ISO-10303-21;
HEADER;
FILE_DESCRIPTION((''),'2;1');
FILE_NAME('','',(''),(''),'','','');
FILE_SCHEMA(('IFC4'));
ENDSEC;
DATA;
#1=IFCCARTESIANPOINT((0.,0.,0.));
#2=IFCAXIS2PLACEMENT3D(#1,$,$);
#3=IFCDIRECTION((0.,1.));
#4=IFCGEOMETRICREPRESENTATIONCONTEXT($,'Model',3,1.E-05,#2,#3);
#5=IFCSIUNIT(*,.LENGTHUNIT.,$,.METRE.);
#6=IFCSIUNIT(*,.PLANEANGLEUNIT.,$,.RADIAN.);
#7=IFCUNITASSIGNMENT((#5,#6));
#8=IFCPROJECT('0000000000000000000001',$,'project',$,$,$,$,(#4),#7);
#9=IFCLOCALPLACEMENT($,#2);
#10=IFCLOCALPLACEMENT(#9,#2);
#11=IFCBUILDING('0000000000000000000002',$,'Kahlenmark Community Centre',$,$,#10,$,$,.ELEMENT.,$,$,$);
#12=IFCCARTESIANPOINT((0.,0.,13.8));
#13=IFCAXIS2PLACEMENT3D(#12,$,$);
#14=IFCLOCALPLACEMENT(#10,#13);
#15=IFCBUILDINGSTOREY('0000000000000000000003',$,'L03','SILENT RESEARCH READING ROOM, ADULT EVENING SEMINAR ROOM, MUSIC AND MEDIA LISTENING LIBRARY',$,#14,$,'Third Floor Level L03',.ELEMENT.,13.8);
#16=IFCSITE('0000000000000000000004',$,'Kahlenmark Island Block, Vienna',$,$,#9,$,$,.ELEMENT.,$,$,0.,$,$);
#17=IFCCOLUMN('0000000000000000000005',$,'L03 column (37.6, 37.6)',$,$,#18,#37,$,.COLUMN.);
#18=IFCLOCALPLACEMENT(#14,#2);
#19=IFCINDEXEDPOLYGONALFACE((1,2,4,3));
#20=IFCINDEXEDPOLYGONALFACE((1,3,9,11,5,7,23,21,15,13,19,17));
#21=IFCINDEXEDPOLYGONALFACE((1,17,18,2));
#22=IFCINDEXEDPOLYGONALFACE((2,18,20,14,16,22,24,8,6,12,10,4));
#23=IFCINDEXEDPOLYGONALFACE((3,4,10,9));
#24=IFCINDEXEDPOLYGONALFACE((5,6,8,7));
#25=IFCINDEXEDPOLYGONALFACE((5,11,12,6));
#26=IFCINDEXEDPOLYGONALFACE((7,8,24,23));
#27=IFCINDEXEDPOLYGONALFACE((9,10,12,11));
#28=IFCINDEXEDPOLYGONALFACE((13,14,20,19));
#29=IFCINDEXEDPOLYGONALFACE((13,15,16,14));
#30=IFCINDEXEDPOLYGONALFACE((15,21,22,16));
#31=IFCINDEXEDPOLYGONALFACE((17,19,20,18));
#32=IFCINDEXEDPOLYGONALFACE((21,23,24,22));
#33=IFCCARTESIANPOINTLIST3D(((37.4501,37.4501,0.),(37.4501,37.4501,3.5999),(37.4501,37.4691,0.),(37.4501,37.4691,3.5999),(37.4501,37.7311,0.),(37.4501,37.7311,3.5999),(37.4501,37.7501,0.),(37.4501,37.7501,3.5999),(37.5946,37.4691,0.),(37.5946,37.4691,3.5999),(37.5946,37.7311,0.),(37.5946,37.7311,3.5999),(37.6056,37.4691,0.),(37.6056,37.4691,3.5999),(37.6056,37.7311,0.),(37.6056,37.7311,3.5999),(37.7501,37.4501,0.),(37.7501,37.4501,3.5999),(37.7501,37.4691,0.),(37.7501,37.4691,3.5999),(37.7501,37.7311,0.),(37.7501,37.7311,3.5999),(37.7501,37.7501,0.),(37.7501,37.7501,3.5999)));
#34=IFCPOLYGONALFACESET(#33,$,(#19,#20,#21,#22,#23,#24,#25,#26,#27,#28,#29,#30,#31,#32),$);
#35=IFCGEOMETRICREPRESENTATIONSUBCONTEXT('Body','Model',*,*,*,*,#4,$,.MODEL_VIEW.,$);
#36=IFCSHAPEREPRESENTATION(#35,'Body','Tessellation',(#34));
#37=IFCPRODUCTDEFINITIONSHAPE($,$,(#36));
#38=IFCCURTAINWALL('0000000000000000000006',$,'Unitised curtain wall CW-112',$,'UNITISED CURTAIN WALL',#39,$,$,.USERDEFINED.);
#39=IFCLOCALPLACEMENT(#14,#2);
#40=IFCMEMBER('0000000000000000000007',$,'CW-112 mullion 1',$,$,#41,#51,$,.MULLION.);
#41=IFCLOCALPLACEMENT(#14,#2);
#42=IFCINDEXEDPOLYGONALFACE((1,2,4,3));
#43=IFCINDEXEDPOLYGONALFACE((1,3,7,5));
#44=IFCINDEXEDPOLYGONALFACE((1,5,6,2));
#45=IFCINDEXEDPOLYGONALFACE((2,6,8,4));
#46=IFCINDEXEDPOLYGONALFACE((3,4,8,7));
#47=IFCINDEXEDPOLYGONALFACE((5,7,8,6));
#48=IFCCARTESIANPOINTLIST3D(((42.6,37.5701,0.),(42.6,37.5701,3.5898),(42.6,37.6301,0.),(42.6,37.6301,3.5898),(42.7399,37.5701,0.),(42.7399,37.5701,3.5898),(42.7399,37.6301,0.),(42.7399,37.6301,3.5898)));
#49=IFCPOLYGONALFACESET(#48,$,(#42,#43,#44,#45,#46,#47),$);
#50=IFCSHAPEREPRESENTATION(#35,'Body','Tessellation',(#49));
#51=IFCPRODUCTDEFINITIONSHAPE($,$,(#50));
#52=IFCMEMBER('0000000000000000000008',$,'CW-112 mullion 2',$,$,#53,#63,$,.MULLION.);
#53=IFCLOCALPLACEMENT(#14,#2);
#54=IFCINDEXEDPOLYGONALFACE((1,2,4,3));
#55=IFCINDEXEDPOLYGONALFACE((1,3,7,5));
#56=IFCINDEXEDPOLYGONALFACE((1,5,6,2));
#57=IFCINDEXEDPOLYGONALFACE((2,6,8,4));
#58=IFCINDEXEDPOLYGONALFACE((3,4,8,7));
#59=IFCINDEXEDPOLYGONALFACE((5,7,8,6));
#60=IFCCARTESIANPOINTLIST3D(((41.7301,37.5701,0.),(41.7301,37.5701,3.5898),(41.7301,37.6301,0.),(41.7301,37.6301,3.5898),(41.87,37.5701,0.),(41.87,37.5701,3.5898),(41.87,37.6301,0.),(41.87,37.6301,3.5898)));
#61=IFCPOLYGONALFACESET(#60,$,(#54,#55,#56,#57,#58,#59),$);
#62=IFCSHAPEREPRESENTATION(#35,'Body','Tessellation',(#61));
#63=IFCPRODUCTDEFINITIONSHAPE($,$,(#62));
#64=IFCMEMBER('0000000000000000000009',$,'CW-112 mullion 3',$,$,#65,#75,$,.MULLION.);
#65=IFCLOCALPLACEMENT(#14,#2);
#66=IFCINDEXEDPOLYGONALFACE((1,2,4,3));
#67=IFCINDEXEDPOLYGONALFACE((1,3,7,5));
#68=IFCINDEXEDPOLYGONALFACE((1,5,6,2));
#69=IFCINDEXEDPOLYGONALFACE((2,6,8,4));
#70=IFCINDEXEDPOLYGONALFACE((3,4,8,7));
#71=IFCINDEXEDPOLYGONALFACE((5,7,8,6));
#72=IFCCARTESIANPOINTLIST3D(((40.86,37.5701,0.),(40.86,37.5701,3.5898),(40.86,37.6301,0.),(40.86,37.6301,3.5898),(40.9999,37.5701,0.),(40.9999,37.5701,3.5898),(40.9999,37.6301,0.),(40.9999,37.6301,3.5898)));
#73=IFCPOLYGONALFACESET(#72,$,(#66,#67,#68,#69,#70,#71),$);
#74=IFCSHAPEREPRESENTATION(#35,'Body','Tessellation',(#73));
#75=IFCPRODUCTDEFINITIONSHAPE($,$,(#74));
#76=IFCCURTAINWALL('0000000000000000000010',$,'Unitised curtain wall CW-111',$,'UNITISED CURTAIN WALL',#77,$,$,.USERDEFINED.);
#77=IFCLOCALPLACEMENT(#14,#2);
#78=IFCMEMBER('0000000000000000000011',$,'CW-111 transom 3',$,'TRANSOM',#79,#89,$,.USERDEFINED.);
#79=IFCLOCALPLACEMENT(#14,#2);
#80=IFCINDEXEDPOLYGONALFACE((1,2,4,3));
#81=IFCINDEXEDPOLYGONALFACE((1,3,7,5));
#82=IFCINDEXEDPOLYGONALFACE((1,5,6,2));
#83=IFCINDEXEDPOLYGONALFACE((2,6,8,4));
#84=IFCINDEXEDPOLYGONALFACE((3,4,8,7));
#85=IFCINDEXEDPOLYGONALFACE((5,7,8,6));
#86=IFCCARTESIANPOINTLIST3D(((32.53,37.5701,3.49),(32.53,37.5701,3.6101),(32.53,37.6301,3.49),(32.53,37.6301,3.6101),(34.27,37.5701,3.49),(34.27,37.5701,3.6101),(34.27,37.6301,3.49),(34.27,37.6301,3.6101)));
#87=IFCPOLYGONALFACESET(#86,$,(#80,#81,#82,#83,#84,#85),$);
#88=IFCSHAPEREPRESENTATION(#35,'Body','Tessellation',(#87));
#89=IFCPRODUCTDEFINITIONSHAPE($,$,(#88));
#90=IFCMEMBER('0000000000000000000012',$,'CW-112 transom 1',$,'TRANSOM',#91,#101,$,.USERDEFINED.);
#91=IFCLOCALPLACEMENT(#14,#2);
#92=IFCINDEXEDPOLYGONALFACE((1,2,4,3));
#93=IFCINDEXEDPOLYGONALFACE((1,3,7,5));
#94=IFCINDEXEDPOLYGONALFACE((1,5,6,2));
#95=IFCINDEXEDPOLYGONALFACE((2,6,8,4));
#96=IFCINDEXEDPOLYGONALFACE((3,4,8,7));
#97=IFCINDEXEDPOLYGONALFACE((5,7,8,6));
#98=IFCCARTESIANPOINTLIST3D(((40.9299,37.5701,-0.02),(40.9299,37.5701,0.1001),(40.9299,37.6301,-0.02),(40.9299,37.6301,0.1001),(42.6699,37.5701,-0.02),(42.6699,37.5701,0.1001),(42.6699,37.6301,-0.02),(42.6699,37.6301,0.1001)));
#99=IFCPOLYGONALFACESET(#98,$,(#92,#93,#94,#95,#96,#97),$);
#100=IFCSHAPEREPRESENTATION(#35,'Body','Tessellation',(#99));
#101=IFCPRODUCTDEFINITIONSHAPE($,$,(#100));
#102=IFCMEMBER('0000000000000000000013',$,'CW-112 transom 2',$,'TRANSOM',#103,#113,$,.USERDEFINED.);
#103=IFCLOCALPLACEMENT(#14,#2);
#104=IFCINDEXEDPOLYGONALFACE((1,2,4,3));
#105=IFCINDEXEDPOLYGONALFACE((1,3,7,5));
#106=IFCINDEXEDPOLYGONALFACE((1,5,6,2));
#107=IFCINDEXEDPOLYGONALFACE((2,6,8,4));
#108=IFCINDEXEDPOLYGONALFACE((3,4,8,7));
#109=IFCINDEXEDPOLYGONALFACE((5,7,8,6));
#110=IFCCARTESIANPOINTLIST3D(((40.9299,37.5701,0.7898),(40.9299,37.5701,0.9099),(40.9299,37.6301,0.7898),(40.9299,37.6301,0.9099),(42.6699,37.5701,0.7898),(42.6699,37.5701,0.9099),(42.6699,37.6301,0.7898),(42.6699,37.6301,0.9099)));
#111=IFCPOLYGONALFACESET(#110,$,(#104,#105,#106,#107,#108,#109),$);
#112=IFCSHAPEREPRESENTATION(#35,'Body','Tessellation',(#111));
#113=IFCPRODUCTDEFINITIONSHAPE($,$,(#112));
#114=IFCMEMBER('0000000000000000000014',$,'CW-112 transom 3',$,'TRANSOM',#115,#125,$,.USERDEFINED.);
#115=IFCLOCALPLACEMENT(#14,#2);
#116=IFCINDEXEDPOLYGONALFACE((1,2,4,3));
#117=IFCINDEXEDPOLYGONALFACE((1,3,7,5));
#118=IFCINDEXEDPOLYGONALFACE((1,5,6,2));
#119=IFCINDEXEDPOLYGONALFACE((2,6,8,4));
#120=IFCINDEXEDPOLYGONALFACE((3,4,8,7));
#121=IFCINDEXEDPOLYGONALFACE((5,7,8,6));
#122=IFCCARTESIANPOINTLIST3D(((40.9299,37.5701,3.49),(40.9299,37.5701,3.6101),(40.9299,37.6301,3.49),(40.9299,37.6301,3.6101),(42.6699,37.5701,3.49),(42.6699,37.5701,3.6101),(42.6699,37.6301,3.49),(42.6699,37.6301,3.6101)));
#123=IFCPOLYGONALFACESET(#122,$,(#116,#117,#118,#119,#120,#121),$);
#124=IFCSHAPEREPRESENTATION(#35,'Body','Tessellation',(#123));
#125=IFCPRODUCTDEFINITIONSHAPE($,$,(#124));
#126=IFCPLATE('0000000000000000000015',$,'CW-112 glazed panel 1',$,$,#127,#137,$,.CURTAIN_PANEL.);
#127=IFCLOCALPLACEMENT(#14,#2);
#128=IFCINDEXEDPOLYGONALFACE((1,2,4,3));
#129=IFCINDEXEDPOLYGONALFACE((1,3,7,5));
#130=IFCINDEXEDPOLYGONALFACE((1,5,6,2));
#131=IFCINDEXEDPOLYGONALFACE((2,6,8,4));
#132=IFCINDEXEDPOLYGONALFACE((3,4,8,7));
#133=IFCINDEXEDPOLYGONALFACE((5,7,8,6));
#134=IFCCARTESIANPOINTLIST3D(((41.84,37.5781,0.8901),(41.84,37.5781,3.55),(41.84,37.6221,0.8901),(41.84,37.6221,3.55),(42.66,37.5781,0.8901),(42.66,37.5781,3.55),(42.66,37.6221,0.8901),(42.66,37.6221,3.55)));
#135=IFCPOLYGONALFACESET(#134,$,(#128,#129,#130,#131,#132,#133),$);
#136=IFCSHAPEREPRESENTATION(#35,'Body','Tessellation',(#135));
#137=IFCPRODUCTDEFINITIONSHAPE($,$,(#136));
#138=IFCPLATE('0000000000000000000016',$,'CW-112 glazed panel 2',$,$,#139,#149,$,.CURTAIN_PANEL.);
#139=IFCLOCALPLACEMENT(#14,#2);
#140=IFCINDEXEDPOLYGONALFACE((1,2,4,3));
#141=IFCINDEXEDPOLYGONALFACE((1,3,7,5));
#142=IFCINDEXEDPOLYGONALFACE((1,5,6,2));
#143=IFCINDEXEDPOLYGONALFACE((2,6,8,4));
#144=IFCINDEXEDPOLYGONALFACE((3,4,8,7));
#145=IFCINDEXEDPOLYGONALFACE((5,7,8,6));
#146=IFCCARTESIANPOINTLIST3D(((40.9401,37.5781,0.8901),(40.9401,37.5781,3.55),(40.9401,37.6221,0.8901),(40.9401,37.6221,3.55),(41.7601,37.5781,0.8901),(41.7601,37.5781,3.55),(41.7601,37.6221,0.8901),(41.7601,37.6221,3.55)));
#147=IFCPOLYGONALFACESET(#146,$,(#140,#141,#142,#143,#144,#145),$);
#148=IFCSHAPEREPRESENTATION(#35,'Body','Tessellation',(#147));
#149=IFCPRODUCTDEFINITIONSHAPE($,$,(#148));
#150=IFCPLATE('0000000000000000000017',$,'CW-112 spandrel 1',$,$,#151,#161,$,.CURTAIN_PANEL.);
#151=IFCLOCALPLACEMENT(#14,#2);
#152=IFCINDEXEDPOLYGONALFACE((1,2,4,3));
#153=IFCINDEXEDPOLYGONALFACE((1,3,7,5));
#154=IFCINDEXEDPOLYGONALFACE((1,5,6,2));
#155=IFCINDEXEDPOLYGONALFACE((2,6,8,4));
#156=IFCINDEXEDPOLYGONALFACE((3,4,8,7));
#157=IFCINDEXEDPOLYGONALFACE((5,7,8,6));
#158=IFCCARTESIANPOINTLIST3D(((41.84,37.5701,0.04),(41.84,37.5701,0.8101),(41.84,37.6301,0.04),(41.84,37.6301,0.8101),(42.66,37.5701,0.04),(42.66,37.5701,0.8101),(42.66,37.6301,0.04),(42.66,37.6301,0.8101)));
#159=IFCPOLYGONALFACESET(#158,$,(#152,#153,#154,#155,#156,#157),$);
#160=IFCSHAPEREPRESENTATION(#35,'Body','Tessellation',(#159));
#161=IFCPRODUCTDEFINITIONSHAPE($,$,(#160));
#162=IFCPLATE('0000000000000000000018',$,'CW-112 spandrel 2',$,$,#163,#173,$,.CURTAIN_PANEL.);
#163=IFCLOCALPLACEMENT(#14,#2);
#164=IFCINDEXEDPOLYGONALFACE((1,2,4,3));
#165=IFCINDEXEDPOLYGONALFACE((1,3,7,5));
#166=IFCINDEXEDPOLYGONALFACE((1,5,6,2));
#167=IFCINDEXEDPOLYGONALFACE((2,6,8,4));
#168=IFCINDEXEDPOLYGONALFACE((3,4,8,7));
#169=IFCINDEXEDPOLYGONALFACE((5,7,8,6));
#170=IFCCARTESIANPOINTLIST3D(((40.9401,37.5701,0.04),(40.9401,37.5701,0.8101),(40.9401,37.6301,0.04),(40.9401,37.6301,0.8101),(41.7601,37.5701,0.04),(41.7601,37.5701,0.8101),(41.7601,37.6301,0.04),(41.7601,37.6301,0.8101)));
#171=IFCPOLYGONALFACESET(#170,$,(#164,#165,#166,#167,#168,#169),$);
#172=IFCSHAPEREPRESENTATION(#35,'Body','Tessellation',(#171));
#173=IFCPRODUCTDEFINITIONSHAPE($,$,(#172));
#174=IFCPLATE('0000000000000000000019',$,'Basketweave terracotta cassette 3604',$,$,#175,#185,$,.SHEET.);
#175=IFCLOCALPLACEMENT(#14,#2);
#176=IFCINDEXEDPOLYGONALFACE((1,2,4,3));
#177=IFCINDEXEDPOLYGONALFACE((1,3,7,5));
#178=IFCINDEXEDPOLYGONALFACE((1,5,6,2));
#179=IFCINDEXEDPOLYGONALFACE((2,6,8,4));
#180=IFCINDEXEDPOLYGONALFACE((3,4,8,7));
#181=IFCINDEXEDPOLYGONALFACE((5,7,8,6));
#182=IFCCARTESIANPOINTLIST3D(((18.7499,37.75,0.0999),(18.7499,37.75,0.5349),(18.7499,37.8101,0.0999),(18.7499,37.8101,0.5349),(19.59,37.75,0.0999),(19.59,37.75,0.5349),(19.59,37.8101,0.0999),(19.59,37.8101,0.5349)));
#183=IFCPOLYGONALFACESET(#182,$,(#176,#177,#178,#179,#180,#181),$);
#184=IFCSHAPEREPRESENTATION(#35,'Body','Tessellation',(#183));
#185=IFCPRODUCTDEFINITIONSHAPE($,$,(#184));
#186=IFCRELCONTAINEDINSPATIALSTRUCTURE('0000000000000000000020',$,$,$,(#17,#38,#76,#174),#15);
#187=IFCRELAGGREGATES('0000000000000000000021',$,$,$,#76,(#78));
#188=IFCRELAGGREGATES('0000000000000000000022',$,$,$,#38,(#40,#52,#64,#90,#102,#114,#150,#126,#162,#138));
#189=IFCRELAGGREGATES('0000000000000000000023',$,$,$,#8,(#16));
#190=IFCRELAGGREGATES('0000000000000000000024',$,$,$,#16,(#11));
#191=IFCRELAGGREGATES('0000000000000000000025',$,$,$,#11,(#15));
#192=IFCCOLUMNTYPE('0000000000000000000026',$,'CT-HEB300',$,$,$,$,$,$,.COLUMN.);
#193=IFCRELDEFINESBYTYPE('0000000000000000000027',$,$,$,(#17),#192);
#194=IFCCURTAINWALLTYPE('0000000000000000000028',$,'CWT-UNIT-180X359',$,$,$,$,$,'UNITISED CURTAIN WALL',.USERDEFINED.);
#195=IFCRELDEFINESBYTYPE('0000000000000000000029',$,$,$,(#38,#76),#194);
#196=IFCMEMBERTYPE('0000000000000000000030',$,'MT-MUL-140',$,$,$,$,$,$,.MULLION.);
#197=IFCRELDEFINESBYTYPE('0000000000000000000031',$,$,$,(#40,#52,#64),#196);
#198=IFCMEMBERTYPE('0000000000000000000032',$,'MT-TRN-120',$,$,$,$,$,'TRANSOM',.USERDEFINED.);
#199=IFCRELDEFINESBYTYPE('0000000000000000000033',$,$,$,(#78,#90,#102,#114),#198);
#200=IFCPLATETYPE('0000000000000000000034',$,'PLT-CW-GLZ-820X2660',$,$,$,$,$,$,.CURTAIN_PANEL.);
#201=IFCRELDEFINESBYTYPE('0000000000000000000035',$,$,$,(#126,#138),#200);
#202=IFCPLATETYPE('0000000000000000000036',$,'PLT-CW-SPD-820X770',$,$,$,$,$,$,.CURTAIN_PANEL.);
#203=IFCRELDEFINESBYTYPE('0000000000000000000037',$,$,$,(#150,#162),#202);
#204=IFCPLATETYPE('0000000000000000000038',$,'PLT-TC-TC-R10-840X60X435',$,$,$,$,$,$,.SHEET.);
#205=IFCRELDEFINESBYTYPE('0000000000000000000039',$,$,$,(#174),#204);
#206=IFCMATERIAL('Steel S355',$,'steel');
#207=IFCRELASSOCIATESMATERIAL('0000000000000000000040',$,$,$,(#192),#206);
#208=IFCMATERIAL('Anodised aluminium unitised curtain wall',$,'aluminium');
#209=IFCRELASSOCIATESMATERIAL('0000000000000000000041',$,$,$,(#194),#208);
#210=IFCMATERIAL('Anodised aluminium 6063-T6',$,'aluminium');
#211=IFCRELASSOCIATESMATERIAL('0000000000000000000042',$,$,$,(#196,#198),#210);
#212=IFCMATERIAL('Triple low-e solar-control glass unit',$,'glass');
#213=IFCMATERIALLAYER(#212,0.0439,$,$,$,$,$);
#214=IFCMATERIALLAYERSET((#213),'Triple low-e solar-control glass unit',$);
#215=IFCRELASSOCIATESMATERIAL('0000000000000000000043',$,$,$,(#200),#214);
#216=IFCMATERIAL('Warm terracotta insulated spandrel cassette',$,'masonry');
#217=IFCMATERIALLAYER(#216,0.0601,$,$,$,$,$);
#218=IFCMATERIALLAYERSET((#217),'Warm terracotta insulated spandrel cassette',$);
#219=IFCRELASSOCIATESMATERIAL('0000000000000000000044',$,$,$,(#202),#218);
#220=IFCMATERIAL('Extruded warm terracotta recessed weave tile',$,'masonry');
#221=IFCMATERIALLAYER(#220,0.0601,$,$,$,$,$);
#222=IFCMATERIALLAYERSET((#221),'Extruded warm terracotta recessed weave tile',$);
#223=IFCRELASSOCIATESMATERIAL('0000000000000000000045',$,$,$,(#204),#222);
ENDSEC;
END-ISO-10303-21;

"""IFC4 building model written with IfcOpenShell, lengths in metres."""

from ifc_helpers import new_model, si_unit, direction, frame, origin, origin_2d, place, context, subcontext, project, spatial, rectangle, i_section, extrude, material, layer, layer_set, material_profile, profile_set, type_object, element, aggregate, save


model = new_model("IFC4")

# Units and contexts
model_context = context("Model", 3, precision=1e-05, world=origin(), true_north=direction((0.0, 1.0)))
body_context = subcontext(model_context, "Body", "Model", "MODEL_VIEW")
ifc_project = project(units=[si_unit("LENGTHUNIT", "METRE"), si_unit("PLANEANGLEUNIT", "RADIAN")], contexts=[model_context])

# Site, building, storey
site_placement = place(None, origin())
site = spatial("IfcSite", under=ifc_project, at=site_placement, Name="Kahlenmark Island Block, Vienna", CompositionType="ELEMENT", RefElevation=0.0)
building_placement = place(site_placement, origin())
building = spatial("IfcBuilding", under=site, at=building_placement, Name="Kahlenmark Community Centre", CompositionType="ELEMENT")
storey_placement = place(building_placement, frame((0.0, 0.0, 13.8)))
storey = spatial("IfcBuildingStorey", under=building, at=storey_placement, Name="L03", Description="SILENT RESEARCH READING ROOM, ADULT EVENING SEMINAR ROOM, MUSIC AND MEDIA LISTENING LIBRARY", LongName="Third Floor Level L03", CompositionType="ELEMENT", Elevation=13.8)

# Column
ifc_material_1 = material(Name="Steel S355", Category="steel")
ifc_material_profile_1 = material_profile(ifc_material_1, i_section(OverallWidth=0.3, OverallDepth=0.3, WebThickness=0.011, FlangeThickness=0.019, at=origin_2d()), Name="HEB 300")
ifc_profile_set_1 = profile_set([ifc_material_profile_1], Name="Steel S355")
column_type = type_object("IfcColumnType", Name="CT-HEB300", PredefinedType="COLUMN", material=ifc_profile_set_1)
column_placement = place(storey_placement, frame((37.6001, 37.6001, 0.0), z_axis=(0.0, 0.0, 1.0), x_axis=(1.0, 0.0, 0.0)))
element("IfcColumn", 1, at=column_placement, inside=storey, type_object=column_type, Name="L03 column (37.6, 37.6)", PredefinedType="COLUMN", context=body_context, shape_type="SweptSolid", body=[
    extrude(i_section(OverallWidth=0.3, OverallDepth=0.3, WebThickness=0.011, FlangeThickness=0.019, at=origin_2d()), origin(), (0.0, 0.0, 1.0), 3.5999),
])

# Curtain wall, members
ifc_material_2 = material(Name="Anodised aluminium unitised curtain wall", Category="aluminium")
curtain_wall_type = type_object("IfcCurtainWallType", Name="CWT-UNIT-180X359", ElementType="UNITISED CURTAIN WALL", PredefinedType="USERDEFINED", material=ifc_material_2)
curtain_wall_1_placement = place(storey_placement, origin())
curtain_wall_1 = element("IfcCurtainWall", 2, at=curtain_wall_1_placement, inside=storey, type_object=curtain_wall_type, Name="Unitised curtain wall CW-112", ObjectType="UNITISED CURTAIN WALL", PredefinedType="USERDEFINED")
ifc_material_3 = material(Name="Anodised aluminium 6063-T6", Category="aluminium")
ifc_material_profile_2 = material_profile(ifc_material_3, rectangle(XDim=0.0601, YDim=0.1399, at=origin_2d()), Name="ALU MULLION 60x140")
ifc_profile_set_2 = profile_set([ifc_material_profile_2], Name="Anodised aluminium 6063-T6")
member_type_1 = type_object("IfcMemberType", Name="MT-MUL-140", PredefinedType="MULLION", material=ifc_profile_set_2)
member_1_placement = place(storey_placement, frame((42.6699, 37.6001, 0.0), z_axis=(0.0, 0.0, 1.0), x_axis=(0.0, -1.0, 0.0)))
member_1 = element("IfcMember", 3, at=member_1_placement, type_object=member_type_1, Name="CW-112 mullion 1", PredefinedType="MULLION", context=body_context, shape_type="SweptSolid", body=[
    extrude(rectangle(XDim=0.0601, YDim=0.1399, at=origin_2d()), origin(), (0.0, 0.0, 1.0), 3.5898),
])
member_2_placement = place(storey_placement, frame((41.8, 37.6001, 0.0), z_axis=(0.0, 0.0, 1.0), x_axis=(0.0, -1.0, 0.0)))
member_2 = element("IfcMember", 4, at=member_2_placement, type_object=member_type_1, Name="CW-112 mullion 2", PredefinedType="MULLION", context=body_context, shape_type="SweptSolid", body=[
    extrude(rectangle(XDim=0.0601, YDim=0.1399, at=origin_2d()), origin(), (0.0, 0.0, 1.0), 3.5898),
])
member_3_placement = place(storey_placement, frame((40.9299, 37.6001, 0.0), z_axis=(0.0, 0.0, 1.0), x_axis=(0.0, -1.0, 0.0)))
member_3 = element("IfcMember", 5, at=member_3_placement, type_object=member_type_1, Name="CW-112 mullion 3", PredefinedType="MULLION", context=body_context, shape_type="SweptSolid", body=[
    extrude(rectangle(XDim=0.0601, YDim=0.1399, at=origin_2d()), origin(), (0.0, 0.0, 1.0), 3.5898),
])

# Curtain wall, member
curtain_wall_2_placement = place(storey_placement, origin())
curtain_wall_2 = element("IfcCurtainWall", 6, at=curtain_wall_2_placement, inside=storey, type_object=curtain_wall_type, Name="Unitised curtain wall CW-111", ObjectType="UNITISED CURTAIN WALL", PredefinedType="USERDEFINED")
ifc_material_profile_3 = material_profile(ifc_material_3, rectangle(XDim=0.0601, YDim=0.1201, at=origin_2d()), Name="ALU TRANSOM 60x120")
ifc_profile_set_3 = profile_set([ifc_material_profile_3], Name="Anodised aluminium 6063-T6")
member_type_2 = type_object("IfcMemberType", Name="MT-TRN-120", ElementType="TRANSOM", PredefinedType="USERDEFINED", material=ifc_profile_set_3)
member_4_placement = place(storey_placement, frame((34.27, 37.6001, 3.55), z_axis=(-1.0, 0.0, 0.0), x_axis=(0.0, -1.0, 0.0)))
member_4 = element("IfcMember", 7, at=member_4_placement, type_object=member_type_2, Name="CW-111 transom 3", ObjectType="TRANSOM", PredefinedType="USERDEFINED", context=body_context, shape_type="SweptSolid", body=[
    extrude(rectangle(XDim=0.0601, YDim=0.1201, at=origin_2d()), origin(), (0.0, 0.0, 1.0), 1.74),
])
aggregate(curtain_wall_2, [member_4])

# Members
member_5_placement = place(storey_placement, frame((42.6699, 37.6001, 0.04), z_axis=(-1.0, 0.0, 0.0), x_axis=(0.0, -1.0, 0.0)))
member_5 = element("IfcMember", 8, at=member_5_placement, type_object=member_type_2, Name="CW-112 transom 1", ObjectType="TRANSOM", PredefinedType="USERDEFINED", context=body_context, shape_type="SweptSolid", body=[
    extrude(rectangle(XDim=0.0601, YDim=0.1201, at=origin_2d()), origin(), (0.0, 0.0, 1.0), 1.74),
])
member_6_placement = place(storey_placement, frame((42.6699, 37.6001, 0.8499), z_axis=(-1.0, 0.0, 0.0), x_axis=(0.0, -1.0, 0.0)))
member_6 = element("IfcMember", 9, at=member_6_placement, type_object=member_type_2, Name="CW-112 transom 2", ObjectType="TRANSOM", PredefinedType="USERDEFINED", context=body_context, shape_type="SweptSolid", body=[
    extrude(rectangle(XDim=0.0601, YDim=0.1201, at=origin_2d()), origin(), (0.0, 0.0, 1.0), 1.74),
])
member_7_placement = place(storey_placement, frame((42.6699, 37.6001, 3.55), z_axis=(-1.0, 0.0, 0.0), x_axis=(0.0, -1.0, 0.0)))
member_7 = element("IfcMember", 10, at=member_7_placement, type_object=member_type_2, Name="CW-112 transom 3", ObjectType="TRANSOM", PredefinedType="USERDEFINED", context=body_context, shape_type="SweptSolid", body=[
    extrude(rectangle(XDim=0.0601, YDim=0.1201, at=origin_2d()), origin(), (0.0, 0.0, 1.0), 1.74),
])

# Plates
ifc_material_4 = material(Name="Triple low-e solar-control glass unit", Category="glass")
ifc_layer_1 = layer(ifc_material_4, 0.0439)
ifc_layer_set_1 = layer_set([ifc_layer_1], Name="Triple low-e solar-control glass unit")
plate_type_1 = type_object("IfcPlateType", Name="PLT-CW-GLZ-820X2660", PredefinedType="CURTAIN_PANEL", material=ifc_layer_set_1)
plate_1_placement = place(storey_placement, frame((42.25, 37.6001, 0.8901), z_axis=(0.0, 0.0, 1.0), x_axis=(-1.0, 0.0, 0.0)))
plate_1 = element("IfcPlate", 11, at=plate_1_placement, type_object=plate_type_1, Name="CW-112 glazed panel 1", PredefinedType="CURTAIN_PANEL", context=body_context, shape_type="SweptSolid", body=[
    extrude(rectangle(XDim=0.8201, YDim=0.0439, at=origin_2d()), origin(), (0.0, 0.0, 1.0), 2.6599),
])
plate_2_placement = place(storey_placement, frame((41.3501, 37.6001, 0.8901), z_axis=(0.0, 0.0, 1.0), x_axis=(-1.0, 0.0, 0.0)))
plate_2 = element("IfcPlate", 12, at=plate_2_placement, type_object=plate_type_1, Name="CW-112 glazed panel 2", PredefinedType="CURTAIN_PANEL", context=body_context, shape_type="SweptSolid", body=[
    extrude(rectangle(XDim=0.8201, YDim=0.0439, at=origin_2d()), origin(), (0.0, 0.0, 1.0), 2.6599),
])
ifc_material_5 = material(Name="Warm terracotta insulated spandrel cassette", Category="masonry")
ifc_layer_2 = layer(ifc_material_5, 0.0601)
ifc_layer_set_2 = layer_set([ifc_layer_2], Name="Warm terracotta insulated spandrel cassette")
plate_type_2 = type_object("IfcPlateType", Name="PLT-CW-SPD-820X770", PredefinedType="CURTAIN_PANEL", material=ifc_layer_set_2)
plate_3_placement = place(storey_placement, frame((42.25, 37.6001, 0.04), z_axis=(0.0, 0.0, 1.0), x_axis=(-1.0, 0.0, 0.0)))
plate_3 = element("IfcPlate", 13, at=plate_3_placement, type_object=plate_type_2, Name="CW-112 spandrel 1", PredefinedType="CURTAIN_PANEL", context=body_context, shape_type="SweptSolid", body=[
    extrude(rectangle(XDim=0.8201, YDim=0.0601, at=origin_2d()), origin(), (0.0, 0.0, 1.0), 0.77),
])
plate_4_placement = place(storey_placement, frame((41.3501, 37.6001, 0.04), z_axis=(0.0, 0.0, 1.0), x_axis=(-1.0, 0.0, 0.0)))
plate_4 = element("IfcPlate", 14, at=plate_4_placement, type_object=plate_type_2, Name="CW-112 spandrel 2", PredefinedType="CURTAIN_PANEL", context=body_context, shape_type="SweptSolid", body=[
    extrude(rectangle(XDim=0.8201, YDim=0.0601, at=origin_2d()), origin(), (0.0, 0.0, 1.0), 0.77),
])
aggregate(curtain_wall_1, [member_1, member_2, member_3, member_5, member_6, member_7, plate_3, plate_1, plate_4, plate_2])

# Plate
ifc_material_6 = material(Name="Extruded warm terracotta recessed weave tile", Category="masonry")
ifc_layer_3 = layer(ifc_material_6, 0.0601)
ifc_layer_set_3 = layer_set([ifc_layer_3], Name="Extruded warm terracotta recessed weave tile")
plate_type_3 = type_object("IfcPlateType", Name="PLT-TC-TC-R10-840X60X435", PredefinedType="SHEET", material=ifc_layer_set_3)
for number, where, z_axis, x_axis, name in (
    (15, (19.1699, 37.78, 0.0999), (0.0, 0.0, 1.0), (-1.0, 0.0, 0.0), "Basketweave terracotta cassette 3604"),
):
    element("IfcPlate", number, at=place(storey_placement, frame(where, z_axis=z_axis, x_axis=x_axis)), inside=storey, type_object=plate_type_3, Name=name, PredefinedType="SHEET", context=body_context, shape_type="SweptSolid", body=[
        extrude(rectangle(XDim=0.8401, YDim=0.0601, at=origin_2d()), origin(), (0.0, 0.0, 1.0), 0.4351),
    ])

save(model, "model.ifc")
